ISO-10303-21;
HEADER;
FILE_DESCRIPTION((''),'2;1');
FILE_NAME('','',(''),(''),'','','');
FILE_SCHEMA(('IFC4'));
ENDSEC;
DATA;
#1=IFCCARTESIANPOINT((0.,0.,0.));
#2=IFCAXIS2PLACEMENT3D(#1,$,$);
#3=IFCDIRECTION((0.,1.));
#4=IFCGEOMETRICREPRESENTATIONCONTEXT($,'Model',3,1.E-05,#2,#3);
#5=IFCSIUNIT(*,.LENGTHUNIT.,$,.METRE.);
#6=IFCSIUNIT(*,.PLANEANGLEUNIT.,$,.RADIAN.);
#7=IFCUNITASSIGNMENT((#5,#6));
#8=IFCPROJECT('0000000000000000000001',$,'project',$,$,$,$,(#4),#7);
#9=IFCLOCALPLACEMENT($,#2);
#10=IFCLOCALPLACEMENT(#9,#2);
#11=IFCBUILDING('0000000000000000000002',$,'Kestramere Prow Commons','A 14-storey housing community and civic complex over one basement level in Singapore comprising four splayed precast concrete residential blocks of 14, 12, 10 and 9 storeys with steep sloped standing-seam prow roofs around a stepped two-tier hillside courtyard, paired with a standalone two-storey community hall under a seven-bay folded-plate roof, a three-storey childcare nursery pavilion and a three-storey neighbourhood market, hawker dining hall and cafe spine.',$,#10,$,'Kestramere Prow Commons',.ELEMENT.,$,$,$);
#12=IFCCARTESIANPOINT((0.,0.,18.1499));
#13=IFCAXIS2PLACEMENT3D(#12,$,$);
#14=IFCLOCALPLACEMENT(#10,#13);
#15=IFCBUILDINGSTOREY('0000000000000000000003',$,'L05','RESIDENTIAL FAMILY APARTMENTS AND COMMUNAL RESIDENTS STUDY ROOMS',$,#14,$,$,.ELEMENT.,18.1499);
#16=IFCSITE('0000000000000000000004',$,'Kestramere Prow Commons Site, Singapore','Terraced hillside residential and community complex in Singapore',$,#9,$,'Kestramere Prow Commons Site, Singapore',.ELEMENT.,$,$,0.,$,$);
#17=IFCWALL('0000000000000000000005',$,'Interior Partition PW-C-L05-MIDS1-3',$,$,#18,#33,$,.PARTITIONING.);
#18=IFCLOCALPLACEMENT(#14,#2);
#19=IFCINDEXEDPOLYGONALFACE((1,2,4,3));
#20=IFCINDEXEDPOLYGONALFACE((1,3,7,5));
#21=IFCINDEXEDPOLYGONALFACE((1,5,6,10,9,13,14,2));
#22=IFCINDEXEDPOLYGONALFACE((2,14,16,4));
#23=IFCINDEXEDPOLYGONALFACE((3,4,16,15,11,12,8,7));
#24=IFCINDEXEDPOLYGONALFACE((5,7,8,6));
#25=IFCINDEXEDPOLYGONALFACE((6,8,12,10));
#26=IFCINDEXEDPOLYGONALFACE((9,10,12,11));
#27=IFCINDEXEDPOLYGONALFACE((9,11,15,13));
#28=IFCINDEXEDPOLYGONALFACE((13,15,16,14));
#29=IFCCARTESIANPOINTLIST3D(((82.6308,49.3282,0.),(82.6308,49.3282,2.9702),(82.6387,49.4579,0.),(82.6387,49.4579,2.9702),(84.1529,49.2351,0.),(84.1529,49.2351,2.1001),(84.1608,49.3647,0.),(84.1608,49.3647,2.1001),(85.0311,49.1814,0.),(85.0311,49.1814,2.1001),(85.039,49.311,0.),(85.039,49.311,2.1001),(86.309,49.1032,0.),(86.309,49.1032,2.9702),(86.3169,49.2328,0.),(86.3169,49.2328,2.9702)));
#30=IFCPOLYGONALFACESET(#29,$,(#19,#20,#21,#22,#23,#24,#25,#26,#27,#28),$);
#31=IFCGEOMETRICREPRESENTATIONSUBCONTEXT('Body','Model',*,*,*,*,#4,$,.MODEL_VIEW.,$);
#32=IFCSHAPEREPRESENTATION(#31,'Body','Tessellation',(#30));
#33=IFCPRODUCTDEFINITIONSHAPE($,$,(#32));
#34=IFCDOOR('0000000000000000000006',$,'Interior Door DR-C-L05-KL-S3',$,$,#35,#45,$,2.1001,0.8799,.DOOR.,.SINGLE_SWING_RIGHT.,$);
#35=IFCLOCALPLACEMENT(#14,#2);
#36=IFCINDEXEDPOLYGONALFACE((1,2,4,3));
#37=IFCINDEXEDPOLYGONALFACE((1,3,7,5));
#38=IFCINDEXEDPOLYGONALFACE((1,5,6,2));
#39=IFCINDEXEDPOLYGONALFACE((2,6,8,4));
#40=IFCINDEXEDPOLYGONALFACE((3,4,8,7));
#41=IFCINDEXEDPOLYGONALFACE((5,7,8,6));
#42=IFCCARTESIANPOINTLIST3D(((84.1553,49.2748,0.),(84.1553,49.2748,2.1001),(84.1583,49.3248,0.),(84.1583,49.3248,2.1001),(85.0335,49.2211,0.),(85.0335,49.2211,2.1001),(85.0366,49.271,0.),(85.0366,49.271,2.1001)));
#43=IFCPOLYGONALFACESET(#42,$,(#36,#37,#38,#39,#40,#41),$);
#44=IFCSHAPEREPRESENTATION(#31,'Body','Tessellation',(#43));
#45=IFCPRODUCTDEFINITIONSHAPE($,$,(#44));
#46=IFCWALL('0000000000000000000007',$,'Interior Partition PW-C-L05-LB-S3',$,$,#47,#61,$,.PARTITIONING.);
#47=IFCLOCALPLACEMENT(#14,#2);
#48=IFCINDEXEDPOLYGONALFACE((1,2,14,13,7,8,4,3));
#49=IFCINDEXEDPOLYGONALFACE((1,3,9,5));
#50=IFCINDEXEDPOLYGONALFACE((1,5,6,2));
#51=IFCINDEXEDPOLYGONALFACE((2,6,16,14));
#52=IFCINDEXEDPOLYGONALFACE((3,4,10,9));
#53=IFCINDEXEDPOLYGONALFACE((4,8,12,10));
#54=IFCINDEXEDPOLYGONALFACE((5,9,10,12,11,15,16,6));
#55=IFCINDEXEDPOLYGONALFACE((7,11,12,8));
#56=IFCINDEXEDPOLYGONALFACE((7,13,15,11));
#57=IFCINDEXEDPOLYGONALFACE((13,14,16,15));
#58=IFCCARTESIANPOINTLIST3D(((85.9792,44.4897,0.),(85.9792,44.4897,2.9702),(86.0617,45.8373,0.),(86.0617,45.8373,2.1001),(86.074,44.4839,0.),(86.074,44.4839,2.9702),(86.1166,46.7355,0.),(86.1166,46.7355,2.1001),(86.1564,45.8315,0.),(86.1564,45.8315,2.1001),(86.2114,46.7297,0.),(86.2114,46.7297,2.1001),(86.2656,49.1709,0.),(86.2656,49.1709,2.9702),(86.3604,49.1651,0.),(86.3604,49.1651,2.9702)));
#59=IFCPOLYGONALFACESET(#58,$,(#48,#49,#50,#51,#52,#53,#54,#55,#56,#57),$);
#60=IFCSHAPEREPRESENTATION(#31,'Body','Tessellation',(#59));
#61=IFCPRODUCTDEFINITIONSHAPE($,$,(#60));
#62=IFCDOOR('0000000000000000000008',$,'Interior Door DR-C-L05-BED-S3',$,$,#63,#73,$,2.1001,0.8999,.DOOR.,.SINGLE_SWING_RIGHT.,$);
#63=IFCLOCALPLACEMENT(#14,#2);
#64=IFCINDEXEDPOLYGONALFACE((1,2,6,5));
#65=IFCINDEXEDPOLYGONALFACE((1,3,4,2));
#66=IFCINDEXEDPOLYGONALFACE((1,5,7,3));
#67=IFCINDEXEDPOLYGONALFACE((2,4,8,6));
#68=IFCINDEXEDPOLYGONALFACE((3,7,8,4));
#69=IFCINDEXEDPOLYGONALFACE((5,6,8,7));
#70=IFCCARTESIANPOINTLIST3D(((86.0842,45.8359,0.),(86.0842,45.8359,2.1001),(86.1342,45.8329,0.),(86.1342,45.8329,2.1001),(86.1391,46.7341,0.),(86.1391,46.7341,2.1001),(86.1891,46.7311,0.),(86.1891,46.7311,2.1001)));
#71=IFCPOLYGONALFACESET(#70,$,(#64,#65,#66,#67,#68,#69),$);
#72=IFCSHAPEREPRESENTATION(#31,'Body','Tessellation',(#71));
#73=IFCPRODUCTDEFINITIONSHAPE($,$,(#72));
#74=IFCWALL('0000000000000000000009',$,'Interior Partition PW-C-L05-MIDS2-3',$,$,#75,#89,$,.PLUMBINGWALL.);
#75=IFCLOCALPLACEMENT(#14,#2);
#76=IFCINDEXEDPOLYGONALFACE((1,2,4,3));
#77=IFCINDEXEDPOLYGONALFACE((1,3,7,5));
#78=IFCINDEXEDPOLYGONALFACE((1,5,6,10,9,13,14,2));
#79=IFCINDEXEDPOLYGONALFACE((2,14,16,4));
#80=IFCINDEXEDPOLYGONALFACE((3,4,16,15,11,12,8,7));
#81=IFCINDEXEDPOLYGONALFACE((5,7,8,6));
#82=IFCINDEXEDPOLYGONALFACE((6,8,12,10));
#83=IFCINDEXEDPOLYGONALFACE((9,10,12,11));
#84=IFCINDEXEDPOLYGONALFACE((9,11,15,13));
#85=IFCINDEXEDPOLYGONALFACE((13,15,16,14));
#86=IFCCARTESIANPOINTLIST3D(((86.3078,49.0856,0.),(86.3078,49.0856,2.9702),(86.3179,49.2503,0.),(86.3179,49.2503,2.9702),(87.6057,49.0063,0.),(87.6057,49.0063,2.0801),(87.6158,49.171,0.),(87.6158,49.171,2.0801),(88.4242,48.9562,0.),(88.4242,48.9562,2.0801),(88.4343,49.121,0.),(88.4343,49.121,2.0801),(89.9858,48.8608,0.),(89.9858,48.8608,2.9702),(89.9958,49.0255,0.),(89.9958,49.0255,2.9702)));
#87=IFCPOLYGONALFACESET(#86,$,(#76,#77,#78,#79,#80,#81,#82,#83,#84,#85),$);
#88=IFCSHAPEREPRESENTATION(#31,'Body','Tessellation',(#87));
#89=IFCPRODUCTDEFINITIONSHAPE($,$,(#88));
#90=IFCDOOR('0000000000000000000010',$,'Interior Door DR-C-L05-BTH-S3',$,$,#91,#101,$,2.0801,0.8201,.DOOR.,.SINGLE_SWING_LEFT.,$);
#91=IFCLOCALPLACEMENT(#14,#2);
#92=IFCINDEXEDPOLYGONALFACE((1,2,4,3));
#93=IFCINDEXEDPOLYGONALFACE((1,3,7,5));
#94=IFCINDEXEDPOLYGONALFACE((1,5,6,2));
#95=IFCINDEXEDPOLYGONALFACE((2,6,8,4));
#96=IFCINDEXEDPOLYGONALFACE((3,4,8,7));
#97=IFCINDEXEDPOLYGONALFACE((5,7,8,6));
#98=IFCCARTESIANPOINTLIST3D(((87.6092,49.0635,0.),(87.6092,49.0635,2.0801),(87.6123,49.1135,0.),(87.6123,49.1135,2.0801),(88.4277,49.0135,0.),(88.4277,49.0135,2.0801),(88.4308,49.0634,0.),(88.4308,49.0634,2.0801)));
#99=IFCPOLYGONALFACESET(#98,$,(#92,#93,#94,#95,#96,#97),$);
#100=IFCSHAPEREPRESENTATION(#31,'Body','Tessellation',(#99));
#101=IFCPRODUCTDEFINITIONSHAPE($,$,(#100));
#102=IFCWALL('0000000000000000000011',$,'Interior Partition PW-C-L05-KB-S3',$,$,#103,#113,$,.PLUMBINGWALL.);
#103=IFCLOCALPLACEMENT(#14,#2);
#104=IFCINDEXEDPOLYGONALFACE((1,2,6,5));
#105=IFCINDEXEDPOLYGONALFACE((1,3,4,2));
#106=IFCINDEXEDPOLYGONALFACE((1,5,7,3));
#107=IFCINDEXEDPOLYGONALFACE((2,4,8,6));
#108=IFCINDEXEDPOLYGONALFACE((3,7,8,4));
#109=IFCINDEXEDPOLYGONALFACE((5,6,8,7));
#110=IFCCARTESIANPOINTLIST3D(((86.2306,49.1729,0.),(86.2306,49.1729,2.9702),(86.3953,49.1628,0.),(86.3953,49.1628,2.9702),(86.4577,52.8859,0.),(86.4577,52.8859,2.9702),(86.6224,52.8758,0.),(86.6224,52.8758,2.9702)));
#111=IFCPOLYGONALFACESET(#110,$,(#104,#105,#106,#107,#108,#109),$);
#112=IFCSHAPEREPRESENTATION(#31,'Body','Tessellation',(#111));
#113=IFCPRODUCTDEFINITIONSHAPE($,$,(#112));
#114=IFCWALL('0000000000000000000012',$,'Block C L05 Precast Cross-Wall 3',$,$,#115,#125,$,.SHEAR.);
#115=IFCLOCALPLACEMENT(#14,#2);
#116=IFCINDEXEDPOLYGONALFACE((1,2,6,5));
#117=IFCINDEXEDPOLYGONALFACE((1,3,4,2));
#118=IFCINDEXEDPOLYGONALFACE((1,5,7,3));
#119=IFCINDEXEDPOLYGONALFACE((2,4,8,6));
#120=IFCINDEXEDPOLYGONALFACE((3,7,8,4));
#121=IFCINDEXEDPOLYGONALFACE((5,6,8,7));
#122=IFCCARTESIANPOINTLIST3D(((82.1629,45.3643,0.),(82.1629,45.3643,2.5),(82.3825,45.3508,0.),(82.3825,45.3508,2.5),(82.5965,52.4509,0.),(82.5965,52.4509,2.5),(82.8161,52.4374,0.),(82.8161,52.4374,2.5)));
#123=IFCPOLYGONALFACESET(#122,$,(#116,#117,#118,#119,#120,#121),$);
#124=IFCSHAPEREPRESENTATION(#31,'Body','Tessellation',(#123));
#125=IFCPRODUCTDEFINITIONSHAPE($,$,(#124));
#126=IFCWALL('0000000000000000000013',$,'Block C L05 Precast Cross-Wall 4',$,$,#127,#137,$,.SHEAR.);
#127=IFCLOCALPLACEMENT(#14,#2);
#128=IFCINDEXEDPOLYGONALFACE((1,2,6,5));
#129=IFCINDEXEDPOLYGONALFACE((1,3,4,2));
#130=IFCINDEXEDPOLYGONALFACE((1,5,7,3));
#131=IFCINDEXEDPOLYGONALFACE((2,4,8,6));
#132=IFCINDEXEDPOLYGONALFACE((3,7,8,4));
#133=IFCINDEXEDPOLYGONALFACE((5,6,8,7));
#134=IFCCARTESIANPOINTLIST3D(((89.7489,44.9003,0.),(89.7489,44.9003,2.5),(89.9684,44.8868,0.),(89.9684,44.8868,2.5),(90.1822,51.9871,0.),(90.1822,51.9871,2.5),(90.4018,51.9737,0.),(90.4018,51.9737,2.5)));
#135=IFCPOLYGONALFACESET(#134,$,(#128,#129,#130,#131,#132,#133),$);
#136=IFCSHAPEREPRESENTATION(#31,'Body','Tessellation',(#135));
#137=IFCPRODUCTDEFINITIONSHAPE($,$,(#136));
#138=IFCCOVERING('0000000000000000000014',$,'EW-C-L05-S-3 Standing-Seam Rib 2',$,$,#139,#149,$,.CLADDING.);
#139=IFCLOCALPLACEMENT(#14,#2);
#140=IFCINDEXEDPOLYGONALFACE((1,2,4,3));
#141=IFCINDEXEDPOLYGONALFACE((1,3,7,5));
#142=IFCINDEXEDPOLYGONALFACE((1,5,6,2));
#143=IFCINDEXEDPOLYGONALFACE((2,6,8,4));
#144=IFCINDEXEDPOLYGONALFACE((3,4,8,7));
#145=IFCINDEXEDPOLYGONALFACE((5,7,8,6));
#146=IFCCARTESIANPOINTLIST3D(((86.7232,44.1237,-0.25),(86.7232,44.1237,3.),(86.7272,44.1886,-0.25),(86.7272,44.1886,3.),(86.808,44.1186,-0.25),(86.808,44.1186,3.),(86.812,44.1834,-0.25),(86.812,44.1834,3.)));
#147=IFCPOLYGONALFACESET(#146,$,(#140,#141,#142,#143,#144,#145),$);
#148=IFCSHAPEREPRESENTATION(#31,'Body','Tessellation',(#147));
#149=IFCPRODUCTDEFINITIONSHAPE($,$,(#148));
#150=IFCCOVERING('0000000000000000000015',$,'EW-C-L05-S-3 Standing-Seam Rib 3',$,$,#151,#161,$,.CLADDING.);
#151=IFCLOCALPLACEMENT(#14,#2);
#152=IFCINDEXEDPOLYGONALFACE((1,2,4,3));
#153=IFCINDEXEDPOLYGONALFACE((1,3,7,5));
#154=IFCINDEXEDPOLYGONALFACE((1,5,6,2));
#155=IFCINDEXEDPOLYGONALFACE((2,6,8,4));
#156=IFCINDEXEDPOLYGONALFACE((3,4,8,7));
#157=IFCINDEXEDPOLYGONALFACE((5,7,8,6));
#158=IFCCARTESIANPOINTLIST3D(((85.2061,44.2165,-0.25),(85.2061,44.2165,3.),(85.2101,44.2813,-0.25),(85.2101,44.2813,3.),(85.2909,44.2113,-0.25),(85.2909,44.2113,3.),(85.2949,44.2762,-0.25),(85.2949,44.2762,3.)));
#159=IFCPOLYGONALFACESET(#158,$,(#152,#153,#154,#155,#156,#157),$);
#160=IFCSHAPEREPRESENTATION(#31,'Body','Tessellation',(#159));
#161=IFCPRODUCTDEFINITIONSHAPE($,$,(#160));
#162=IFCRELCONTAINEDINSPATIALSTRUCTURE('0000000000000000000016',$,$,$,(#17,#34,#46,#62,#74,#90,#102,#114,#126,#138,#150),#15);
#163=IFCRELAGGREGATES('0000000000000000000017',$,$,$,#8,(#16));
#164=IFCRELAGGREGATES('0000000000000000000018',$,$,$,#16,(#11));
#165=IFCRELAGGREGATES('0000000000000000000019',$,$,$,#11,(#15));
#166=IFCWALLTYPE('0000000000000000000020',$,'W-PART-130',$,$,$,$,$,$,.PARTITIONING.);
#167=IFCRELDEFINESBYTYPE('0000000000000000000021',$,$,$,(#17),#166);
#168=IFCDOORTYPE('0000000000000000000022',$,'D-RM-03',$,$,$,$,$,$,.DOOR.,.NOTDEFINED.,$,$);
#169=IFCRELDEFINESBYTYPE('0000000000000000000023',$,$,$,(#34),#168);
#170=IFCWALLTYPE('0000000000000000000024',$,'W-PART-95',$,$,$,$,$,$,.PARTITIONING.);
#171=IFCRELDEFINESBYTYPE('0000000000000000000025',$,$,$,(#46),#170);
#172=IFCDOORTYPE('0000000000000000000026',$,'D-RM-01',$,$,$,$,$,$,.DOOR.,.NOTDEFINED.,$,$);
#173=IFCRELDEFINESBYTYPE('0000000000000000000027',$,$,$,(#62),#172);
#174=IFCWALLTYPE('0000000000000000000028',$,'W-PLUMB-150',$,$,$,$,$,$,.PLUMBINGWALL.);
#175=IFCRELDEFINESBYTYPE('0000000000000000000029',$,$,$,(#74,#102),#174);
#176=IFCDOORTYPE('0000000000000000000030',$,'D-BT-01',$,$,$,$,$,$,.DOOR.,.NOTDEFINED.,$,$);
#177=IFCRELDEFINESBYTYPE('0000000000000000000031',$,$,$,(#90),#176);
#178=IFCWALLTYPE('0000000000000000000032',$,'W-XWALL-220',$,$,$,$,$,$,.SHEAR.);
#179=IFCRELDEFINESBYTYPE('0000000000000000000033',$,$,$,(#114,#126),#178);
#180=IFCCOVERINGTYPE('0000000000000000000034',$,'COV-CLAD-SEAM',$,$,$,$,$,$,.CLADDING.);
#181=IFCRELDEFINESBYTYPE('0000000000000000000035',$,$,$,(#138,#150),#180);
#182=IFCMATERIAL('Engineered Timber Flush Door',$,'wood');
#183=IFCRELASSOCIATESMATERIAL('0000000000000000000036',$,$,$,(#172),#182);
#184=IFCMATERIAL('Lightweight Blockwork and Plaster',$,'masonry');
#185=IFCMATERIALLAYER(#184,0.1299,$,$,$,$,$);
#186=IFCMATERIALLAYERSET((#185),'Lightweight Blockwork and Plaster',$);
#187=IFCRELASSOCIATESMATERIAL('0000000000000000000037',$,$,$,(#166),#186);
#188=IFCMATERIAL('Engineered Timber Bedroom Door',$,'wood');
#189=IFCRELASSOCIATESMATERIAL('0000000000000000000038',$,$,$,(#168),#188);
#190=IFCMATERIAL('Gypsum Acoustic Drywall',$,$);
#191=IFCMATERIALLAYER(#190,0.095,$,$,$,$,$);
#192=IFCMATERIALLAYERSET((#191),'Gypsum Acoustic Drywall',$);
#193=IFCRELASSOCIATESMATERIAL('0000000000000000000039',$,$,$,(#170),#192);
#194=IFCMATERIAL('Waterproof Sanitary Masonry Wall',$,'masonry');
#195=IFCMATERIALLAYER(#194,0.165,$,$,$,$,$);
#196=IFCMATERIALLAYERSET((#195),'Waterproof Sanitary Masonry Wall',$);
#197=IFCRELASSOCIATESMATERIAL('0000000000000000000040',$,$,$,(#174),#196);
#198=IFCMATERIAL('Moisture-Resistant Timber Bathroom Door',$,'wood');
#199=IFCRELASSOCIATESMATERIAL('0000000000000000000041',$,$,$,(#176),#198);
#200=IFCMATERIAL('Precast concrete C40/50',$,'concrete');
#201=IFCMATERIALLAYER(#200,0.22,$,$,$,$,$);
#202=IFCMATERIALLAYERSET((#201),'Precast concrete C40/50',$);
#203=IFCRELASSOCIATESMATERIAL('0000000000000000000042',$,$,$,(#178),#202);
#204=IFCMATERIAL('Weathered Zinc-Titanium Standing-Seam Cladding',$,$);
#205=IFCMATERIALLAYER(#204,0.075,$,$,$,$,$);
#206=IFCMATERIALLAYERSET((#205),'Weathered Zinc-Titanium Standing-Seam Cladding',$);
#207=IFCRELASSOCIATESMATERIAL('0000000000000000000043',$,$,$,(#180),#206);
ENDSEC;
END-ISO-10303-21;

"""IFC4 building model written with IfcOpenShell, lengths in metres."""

from ifc_helpers import new_model, si_unit, direction, frame, frame_2d, origin, origin_2d, place, context, subcontext, project, spatial, rectangle, extrude, material, layer, layer_set, type_object, element, fill, save


model = new_model("IFC4")

# Units and contexts
model_context = context("Model", 3, precision=1e-05, world=origin(), true_north=direction((0.0, 1.0)))
body_context = subcontext(model_context, "Body", "Model", "MODEL_VIEW")
ifc_project = project(units=[si_unit("LENGTHUNIT", "METRE"), si_unit("PLANEANGLEUNIT", "RADIAN")], contexts=[model_context])

# Site, building, storey
site_placement = place(None, origin())
site = spatial("IfcSite", under=ifc_project, at=site_placement, Name="Kestramere Prow Commons Site, Singapore", Description="Terraced hillside residential and community complex in Singapore", LongName="Kestramere Prow Commons Site, Singapore", CompositionType="ELEMENT", RefElevation=0.0)
building_placement = place(site_placement, origin())
building = spatial("IfcBuilding", under=site, at=building_placement, Name="Kestramere Prow Commons", Description="A 14-storey housing community and civic complex over one basement level in Singapore comprising four splayed precast concrete residential blocks of 14, 12, 10 and 9 storeys with steep sloped standing-seam prow roofs around a stepped two-tier hillside courtyard, paired with a standalone two-storey community hall under a seven-bay folded-plate roof, a three-storey childcare nursery pavilion and a three-storey neighbourhood market, hawker dining hall and cafe spine.", LongName="Kestramere Prow Commons", CompositionType="ELEMENT")
storey_placement = place(building_placement, frame((0.0, 0.0, 18.1499)))
storey = spatial("IfcBuildingStorey", under=building, at=storey_placement, Name="L05", Description="RESIDENTIAL FAMILY APARTMENTS AND COMMUNAL RESIDENTS STUDY ROOMS", CompositionType="ELEMENT", Elevation=18.1499)

# Shared definitions
ifc_material_1 = material(Name="Precast concrete C40/50", Category="concrete")

# Walls, openings, doors
ifc_material_2 = material(Name="Lightweight Blockwork and Plaster", Category="masonry")
ifc_material_3 = material(Name="Engineered Timber Flush Door", Category="wood")
door_type_1 = type_object("IfcDoorType", Name="D-RM-01", OperationType="NOTDEFINED", PredefinedType="DOOR", material=ifc_material_3)
ifc_layer_1 = layer(ifc_material_2, 0.1299)
ifc_layer_set_1 = layer_set([ifc_layer_1], Name="Lightweight Blockwork and Plaster")
wall_type_1 = type_object("IfcWallType", Name="W-PART-130", PredefinedType="PARTITIONING", material=ifc_layer_set_1)
wall_1_placement = place(storey_placement, frame((82.6348, 49.3931, 0.0), z_axis=(0.0, 0.0, 1.0), x_axis=(0.998133, -0.061083, 0.0)))
wall_1 = element("IfcWall", 1, at=wall_1_placement, inside=storey, type_object=wall_type_1, Name="Interior Partition PW-C-L05-MIDS1-3", PredefinedType="PARTITIONING", context=body_context, shape_type="SweptSolid", body=[
    extrude(rectangle(XDim=3.6851, YDim=0.1299, at=frame_2d((1.8425, 0.0))), origin(), (0.0, 0.0, 1.0), 2.9702),
])
opening_1_placement = place(wall_1_placement, frame((1.5249, 0.0, 0.0)))
opening_1 = element("IfcOpeningElement", 2, at=opening_1_placement, cuts=wall_1, PredefinedType="OPENING", context=body_context, shape_type="SweptSolid", body=[
    extrude(rectangle(XDim=0.8799, YDim=2.1001, at=frame_2d((0.4399, 1.05))), frame((0.0, 0.0798, 0.0), z_axis=(0.0, -1.0, 0.0), x_axis=(1.0, 0.0, 0.0)), (0.0, 0.0, 1.0), 0.1599),
])
ifc_material_4 = material(Name="Engineered Timber Bedroom Door", Category="wood")
door_type_2 = type_object("IfcDoorType", Name="D-RM-03", OperationType="NOTDEFINED", PredefinedType="DOOR", material=ifc_material_4)
door_1_placement = place(opening_1_placement, origin())
door_1 = element("IfcDoor", 3, at=door_1_placement, inside=storey, type_object=door_type_2, Name="Interior Door DR-C-L05-KL-S3", OperationType="SINGLE_SWING_RIGHT", OverallHeight=2.1001, OverallWidth=0.8799, PredefinedType="DOOR", context=body_context, shape_type="SweptSolid", body=[
    extrude(rectangle(XDim=0.8799, YDim=2.1001, at=frame_2d((0.4399, 1.05))), frame((0.0, 0.0249, 0.0), z_axis=(0.0, -1.0, 0.0), x_axis=(1.0, 0.0, 0.0)), (0.0, 0.0, 1.0), 0.05),
])
fill(opening_1, door_1)
ifc_material_5 = material(Name="Gypsum Acoustic Drywall")
ifc_layer_2 = layer(ifc_material_5, 0.095)
ifc_layer_set_2 = layer_set([ifc_layer_2], Name="Gypsum Acoustic Drywall")
wall_type_2 = type_object("IfcWallType", Name="W-PART-95", PredefinedType="PARTITIONING", material=ifc_layer_set_2)
wall_2_placement = place(storey_placement, frame((86.0266, 44.4868, 0.0), z_axis=(0.0, 0.0, 1.0), x_axis=(0.061062, 0.998134, 0.0)))
wall_2 = element("IfcWall", 4, at=wall_2_placement, inside=storey, type_object=wall_type_2, Name="Interior Partition PW-C-L05-LB-S3", PredefinedType="PARTITIONING", context=body_context, shape_type="SweptSolid", body=[
    extrude(rectangle(XDim=4.6899, YDim=0.095, at=frame_2d((2.345, 0.0))), origin(), (0.0, 0.0, 1.0), 2.9702),
])
opening_2_placement = place(wall_2_placement, frame((1.3501, 0.0, 0.0)))
opening_2 = element("IfcOpeningElement", 5, at=opening_2_placement, cuts=wall_2, PredefinedType="OPENING", context=body_context, shape_type="SweptSolid", body=[
    extrude(rectangle(XDim=0.8999, YDim=2.1001, at=frame_2d((0.45, 1.05))), frame((0.0, 0.0625, 0.0), z_axis=(0.0, -1.0, 0.0), x_axis=(1.0, 0.0, 0.0)), (0.0, 0.0, 1.0), 0.125),
])
door_2_placement = place(opening_2_placement, origin())
door_2 = element("IfcDoor", 6, at=door_2_placement, inside=storey, type_object=door_type_1, Name="Interior Door DR-C-L05-BED-S3", OperationType="SINGLE_SWING_RIGHT", OverallHeight=2.1001, OverallWidth=0.8999, PredefinedType="DOOR", context=body_context, shape_type="SweptSolid", body=[
    extrude(rectangle(XDim=0.8999, YDim=2.1001, at=frame_2d((0.45, 1.05))), frame((0.0, 0.0249, 0.0), z_axis=(0.0, -1.0, 0.0), x_axis=(1.0, 0.0, 0.0)), (0.0, 0.0, 1.0), 0.05),
])
fill(opening_2, door_2)
ifc_material_6 = material(Name="Waterproof Sanitary Masonry Wall", Category="masonry")
ifc_layer_3 = layer(ifc_material_6, 0.165)
ifc_layer_set_3 = layer_set([ifc_layer_3], Name="Waterproof Sanitary Masonry Wall")
wall_type_3 = type_object("IfcWallType", Name="W-PLUMB-150", PredefinedType="PLUMBINGWALL", material=ifc_layer_set_3)
wall_3_placement = place(storey_placement, frame((86.313, 49.168, 0.0), z_axis=(0.0, 0.0, 1.0), x_axis=(0.998136, -0.061021, 0.0)))
wall_3 = element("IfcWall", 7, at=wall_3_placement, inside=storey, type_object=wall_type_3, Name="Interior Partition PW-C-L05-MIDS2-3", PredefinedType="PLUMBINGWALL", context=body_context, shape_type="SweptSolid", body=[
    extrude(rectangle(XDim=3.6848, YDim=0.165, at=frame_2d((1.8423, 0.0))), origin(), (0.0, 0.0, 1.0), 2.9702),
])
opening_3_placement = place(wall_3_placement, frame((1.3, 0.0, 0.0)))
opening_3 = element("IfcOpeningElement", 8, at=opening_3_placement, cuts=wall_3, PredefinedType="OPENING", context=body_context, shape_type="SweptSolid", body=[
    extrude(rectangle(XDim=0.8201, YDim=2.0801, at=frame_2d((0.4102, 1.04))), frame((0.0, 0.0974, 0.0), z_axis=(0.0, -1.0, 0.0), x_axis=(1.0, 0.0, 0.0)), (0.0, 0.0, 1.0), 0.1951),
])
ifc_material_7 = material(Name="Moisture-Resistant Timber Bathroom Door", Category="wood")
door_type_3 = type_object("IfcDoorType", Name="D-BT-01", OperationType="NOTDEFINED", PredefinedType="DOOR", material=ifc_material_7)
door_3_placement = place(opening_3_placement, origin())
door_3 = element("IfcDoor", 9, at=door_3_placement, inside=storey, type_object=door_type_3, Name="Interior Door DR-C-L05-BTH-S3", OperationType="SINGLE_SWING_LEFT", OverallHeight=2.0801, OverallWidth=0.8201, PredefinedType="DOOR", context=body_context, shape_type="SweptSolid", body=[
    extrude(rectangle(XDim=0.8201, YDim=2.0801, at=frame_2d((0.4102, 1.04))), frame((0.0, 0.0249, 0.0), z_axis=(0.0, -1.0, 0.0), x_axis=(1.0, 0.0, 0.0)), (0.0, 0.0, 1.0), 0.05),
])
fill(opening_3, door_3)

# Walls
wall_4_placement = place(storey_placement, frame((86.313, 49.168, 0.0), z_axis=(0.0, 0.0, 1.0), x_axis=(0.061034, 0.998136, 0.0)))
element("IfcWall", 10, at=wall_4_placement, inside=storey, type_object=wall_type_3, Name="Interior Partition PW-C-L05-KB-S3", PredefinedType="PLUMBINGWALL", context=body_context, shape_type="SweptSolid", body=[
    extrude(rectangle(XDim=3.72, YDim=0.165, at=frame_2d((1.8599, 0.0))), origin(), (0.0, 0.0, 1.0), 2.9702),
])
ifc_layer_4 = layer(ifc_material_1, 0.22)
ifc_layer_set_4 = layer_set([ifc_layer_4], Name="Precast concrete C40/50")
wall_type_4 = type_object("IfcWallType", Name="W-XWALL-220", PredefinedType="SHEAR", material=ifc_layer_set_4)
wall_5_placement = place(storey_placement, frame((82.2727, 45.3577, 0.0), z_axis=(0.0, 0.0, 1.0), x_axis=(0.06107, 0.998133, 0.0)))
element("IfcWall", 11, at=wall_5_placement, inside=storey, type_object=wall_type_4, Name="Block C L05 Precast Cross-Wall 3", PredefinedType="SHEAR", context=body_context, shape_type="SweptSolid", body=[
    extrude(rectangle(XDim=7.0999, YDim=0.22, at=frame_2d((3.5498, 0.0))), origin(), (0.0, 0.0, 1.0), 2.5),
])
wall_6_placement = place(storey_placement, frame((89.8586, 44.8936, 0.0), z_axis=(0.0, 0.0, 1.0), x_axis=(0.061034, 0.998136, 0.0)))
element("IfcWall", 12, at=wall_6_placement, inside=storey, type_object=wall_type_4, Name="Block C L05 Precast Cross-Wall 4", PredefinedType="SHEAR", context=body_context, shape_type="SweptSolid", body=[
    extrude(rectangle(XDim=7.1001, YDim=0.22, at=frame_2d((3.55, 0.0))), origin(), (0.0, 0.0, 1.0), 2.5),
])

# Coverings
ifc_material_8 = material(Name="Weathered Zinc-Titanium Standing-Seam Cladding")
ifc_layer_5 = layer(ifc_material_8, 0.075)
ifc_layer_set_5 = layer_set([ifc_layer_5], Name="Weathered Zinc-Titanium Standing-Seam Cladding")
covering_type = type_object("IfcCoveringType", Name="COV-CLAD-SEAM", PredefinedType="CLADDING", material=ifc_layer_set_5)
for number, where, z_axis, x_axis, name in (
    (13, (86.7676, 44.1536, -0.25), (0.0, 0.0, 1.0), (-0.998135, 0.061049, 0.0), "EW-C-L05-S-3 Standing-Seam Rib 2"),
    (14, (85.2505, 44.2463, -0.25), (0.0, 0.0, 1.0), (-0.998135, 0.061049, 0.0), "EW-C-L05-S-3 Standing-Seam Rib 3"),
):
    element("IfcCovering", number, at=place(storey_placement, frame(where, z_axis=z_axis, x_axis=x_axis)), inside=storey, type_object=covering_type, Name=name, PredefinedType="CLADDING", context=body_context, shape_type="SweptSolid", body=[
        extrude(rectangle(XDim=0.085, YDim=0.0649, at=origin_2d()), origin(), (0.0, 0.0, 1.0), 3.25),
    ])

save(model, "model.ifc")
